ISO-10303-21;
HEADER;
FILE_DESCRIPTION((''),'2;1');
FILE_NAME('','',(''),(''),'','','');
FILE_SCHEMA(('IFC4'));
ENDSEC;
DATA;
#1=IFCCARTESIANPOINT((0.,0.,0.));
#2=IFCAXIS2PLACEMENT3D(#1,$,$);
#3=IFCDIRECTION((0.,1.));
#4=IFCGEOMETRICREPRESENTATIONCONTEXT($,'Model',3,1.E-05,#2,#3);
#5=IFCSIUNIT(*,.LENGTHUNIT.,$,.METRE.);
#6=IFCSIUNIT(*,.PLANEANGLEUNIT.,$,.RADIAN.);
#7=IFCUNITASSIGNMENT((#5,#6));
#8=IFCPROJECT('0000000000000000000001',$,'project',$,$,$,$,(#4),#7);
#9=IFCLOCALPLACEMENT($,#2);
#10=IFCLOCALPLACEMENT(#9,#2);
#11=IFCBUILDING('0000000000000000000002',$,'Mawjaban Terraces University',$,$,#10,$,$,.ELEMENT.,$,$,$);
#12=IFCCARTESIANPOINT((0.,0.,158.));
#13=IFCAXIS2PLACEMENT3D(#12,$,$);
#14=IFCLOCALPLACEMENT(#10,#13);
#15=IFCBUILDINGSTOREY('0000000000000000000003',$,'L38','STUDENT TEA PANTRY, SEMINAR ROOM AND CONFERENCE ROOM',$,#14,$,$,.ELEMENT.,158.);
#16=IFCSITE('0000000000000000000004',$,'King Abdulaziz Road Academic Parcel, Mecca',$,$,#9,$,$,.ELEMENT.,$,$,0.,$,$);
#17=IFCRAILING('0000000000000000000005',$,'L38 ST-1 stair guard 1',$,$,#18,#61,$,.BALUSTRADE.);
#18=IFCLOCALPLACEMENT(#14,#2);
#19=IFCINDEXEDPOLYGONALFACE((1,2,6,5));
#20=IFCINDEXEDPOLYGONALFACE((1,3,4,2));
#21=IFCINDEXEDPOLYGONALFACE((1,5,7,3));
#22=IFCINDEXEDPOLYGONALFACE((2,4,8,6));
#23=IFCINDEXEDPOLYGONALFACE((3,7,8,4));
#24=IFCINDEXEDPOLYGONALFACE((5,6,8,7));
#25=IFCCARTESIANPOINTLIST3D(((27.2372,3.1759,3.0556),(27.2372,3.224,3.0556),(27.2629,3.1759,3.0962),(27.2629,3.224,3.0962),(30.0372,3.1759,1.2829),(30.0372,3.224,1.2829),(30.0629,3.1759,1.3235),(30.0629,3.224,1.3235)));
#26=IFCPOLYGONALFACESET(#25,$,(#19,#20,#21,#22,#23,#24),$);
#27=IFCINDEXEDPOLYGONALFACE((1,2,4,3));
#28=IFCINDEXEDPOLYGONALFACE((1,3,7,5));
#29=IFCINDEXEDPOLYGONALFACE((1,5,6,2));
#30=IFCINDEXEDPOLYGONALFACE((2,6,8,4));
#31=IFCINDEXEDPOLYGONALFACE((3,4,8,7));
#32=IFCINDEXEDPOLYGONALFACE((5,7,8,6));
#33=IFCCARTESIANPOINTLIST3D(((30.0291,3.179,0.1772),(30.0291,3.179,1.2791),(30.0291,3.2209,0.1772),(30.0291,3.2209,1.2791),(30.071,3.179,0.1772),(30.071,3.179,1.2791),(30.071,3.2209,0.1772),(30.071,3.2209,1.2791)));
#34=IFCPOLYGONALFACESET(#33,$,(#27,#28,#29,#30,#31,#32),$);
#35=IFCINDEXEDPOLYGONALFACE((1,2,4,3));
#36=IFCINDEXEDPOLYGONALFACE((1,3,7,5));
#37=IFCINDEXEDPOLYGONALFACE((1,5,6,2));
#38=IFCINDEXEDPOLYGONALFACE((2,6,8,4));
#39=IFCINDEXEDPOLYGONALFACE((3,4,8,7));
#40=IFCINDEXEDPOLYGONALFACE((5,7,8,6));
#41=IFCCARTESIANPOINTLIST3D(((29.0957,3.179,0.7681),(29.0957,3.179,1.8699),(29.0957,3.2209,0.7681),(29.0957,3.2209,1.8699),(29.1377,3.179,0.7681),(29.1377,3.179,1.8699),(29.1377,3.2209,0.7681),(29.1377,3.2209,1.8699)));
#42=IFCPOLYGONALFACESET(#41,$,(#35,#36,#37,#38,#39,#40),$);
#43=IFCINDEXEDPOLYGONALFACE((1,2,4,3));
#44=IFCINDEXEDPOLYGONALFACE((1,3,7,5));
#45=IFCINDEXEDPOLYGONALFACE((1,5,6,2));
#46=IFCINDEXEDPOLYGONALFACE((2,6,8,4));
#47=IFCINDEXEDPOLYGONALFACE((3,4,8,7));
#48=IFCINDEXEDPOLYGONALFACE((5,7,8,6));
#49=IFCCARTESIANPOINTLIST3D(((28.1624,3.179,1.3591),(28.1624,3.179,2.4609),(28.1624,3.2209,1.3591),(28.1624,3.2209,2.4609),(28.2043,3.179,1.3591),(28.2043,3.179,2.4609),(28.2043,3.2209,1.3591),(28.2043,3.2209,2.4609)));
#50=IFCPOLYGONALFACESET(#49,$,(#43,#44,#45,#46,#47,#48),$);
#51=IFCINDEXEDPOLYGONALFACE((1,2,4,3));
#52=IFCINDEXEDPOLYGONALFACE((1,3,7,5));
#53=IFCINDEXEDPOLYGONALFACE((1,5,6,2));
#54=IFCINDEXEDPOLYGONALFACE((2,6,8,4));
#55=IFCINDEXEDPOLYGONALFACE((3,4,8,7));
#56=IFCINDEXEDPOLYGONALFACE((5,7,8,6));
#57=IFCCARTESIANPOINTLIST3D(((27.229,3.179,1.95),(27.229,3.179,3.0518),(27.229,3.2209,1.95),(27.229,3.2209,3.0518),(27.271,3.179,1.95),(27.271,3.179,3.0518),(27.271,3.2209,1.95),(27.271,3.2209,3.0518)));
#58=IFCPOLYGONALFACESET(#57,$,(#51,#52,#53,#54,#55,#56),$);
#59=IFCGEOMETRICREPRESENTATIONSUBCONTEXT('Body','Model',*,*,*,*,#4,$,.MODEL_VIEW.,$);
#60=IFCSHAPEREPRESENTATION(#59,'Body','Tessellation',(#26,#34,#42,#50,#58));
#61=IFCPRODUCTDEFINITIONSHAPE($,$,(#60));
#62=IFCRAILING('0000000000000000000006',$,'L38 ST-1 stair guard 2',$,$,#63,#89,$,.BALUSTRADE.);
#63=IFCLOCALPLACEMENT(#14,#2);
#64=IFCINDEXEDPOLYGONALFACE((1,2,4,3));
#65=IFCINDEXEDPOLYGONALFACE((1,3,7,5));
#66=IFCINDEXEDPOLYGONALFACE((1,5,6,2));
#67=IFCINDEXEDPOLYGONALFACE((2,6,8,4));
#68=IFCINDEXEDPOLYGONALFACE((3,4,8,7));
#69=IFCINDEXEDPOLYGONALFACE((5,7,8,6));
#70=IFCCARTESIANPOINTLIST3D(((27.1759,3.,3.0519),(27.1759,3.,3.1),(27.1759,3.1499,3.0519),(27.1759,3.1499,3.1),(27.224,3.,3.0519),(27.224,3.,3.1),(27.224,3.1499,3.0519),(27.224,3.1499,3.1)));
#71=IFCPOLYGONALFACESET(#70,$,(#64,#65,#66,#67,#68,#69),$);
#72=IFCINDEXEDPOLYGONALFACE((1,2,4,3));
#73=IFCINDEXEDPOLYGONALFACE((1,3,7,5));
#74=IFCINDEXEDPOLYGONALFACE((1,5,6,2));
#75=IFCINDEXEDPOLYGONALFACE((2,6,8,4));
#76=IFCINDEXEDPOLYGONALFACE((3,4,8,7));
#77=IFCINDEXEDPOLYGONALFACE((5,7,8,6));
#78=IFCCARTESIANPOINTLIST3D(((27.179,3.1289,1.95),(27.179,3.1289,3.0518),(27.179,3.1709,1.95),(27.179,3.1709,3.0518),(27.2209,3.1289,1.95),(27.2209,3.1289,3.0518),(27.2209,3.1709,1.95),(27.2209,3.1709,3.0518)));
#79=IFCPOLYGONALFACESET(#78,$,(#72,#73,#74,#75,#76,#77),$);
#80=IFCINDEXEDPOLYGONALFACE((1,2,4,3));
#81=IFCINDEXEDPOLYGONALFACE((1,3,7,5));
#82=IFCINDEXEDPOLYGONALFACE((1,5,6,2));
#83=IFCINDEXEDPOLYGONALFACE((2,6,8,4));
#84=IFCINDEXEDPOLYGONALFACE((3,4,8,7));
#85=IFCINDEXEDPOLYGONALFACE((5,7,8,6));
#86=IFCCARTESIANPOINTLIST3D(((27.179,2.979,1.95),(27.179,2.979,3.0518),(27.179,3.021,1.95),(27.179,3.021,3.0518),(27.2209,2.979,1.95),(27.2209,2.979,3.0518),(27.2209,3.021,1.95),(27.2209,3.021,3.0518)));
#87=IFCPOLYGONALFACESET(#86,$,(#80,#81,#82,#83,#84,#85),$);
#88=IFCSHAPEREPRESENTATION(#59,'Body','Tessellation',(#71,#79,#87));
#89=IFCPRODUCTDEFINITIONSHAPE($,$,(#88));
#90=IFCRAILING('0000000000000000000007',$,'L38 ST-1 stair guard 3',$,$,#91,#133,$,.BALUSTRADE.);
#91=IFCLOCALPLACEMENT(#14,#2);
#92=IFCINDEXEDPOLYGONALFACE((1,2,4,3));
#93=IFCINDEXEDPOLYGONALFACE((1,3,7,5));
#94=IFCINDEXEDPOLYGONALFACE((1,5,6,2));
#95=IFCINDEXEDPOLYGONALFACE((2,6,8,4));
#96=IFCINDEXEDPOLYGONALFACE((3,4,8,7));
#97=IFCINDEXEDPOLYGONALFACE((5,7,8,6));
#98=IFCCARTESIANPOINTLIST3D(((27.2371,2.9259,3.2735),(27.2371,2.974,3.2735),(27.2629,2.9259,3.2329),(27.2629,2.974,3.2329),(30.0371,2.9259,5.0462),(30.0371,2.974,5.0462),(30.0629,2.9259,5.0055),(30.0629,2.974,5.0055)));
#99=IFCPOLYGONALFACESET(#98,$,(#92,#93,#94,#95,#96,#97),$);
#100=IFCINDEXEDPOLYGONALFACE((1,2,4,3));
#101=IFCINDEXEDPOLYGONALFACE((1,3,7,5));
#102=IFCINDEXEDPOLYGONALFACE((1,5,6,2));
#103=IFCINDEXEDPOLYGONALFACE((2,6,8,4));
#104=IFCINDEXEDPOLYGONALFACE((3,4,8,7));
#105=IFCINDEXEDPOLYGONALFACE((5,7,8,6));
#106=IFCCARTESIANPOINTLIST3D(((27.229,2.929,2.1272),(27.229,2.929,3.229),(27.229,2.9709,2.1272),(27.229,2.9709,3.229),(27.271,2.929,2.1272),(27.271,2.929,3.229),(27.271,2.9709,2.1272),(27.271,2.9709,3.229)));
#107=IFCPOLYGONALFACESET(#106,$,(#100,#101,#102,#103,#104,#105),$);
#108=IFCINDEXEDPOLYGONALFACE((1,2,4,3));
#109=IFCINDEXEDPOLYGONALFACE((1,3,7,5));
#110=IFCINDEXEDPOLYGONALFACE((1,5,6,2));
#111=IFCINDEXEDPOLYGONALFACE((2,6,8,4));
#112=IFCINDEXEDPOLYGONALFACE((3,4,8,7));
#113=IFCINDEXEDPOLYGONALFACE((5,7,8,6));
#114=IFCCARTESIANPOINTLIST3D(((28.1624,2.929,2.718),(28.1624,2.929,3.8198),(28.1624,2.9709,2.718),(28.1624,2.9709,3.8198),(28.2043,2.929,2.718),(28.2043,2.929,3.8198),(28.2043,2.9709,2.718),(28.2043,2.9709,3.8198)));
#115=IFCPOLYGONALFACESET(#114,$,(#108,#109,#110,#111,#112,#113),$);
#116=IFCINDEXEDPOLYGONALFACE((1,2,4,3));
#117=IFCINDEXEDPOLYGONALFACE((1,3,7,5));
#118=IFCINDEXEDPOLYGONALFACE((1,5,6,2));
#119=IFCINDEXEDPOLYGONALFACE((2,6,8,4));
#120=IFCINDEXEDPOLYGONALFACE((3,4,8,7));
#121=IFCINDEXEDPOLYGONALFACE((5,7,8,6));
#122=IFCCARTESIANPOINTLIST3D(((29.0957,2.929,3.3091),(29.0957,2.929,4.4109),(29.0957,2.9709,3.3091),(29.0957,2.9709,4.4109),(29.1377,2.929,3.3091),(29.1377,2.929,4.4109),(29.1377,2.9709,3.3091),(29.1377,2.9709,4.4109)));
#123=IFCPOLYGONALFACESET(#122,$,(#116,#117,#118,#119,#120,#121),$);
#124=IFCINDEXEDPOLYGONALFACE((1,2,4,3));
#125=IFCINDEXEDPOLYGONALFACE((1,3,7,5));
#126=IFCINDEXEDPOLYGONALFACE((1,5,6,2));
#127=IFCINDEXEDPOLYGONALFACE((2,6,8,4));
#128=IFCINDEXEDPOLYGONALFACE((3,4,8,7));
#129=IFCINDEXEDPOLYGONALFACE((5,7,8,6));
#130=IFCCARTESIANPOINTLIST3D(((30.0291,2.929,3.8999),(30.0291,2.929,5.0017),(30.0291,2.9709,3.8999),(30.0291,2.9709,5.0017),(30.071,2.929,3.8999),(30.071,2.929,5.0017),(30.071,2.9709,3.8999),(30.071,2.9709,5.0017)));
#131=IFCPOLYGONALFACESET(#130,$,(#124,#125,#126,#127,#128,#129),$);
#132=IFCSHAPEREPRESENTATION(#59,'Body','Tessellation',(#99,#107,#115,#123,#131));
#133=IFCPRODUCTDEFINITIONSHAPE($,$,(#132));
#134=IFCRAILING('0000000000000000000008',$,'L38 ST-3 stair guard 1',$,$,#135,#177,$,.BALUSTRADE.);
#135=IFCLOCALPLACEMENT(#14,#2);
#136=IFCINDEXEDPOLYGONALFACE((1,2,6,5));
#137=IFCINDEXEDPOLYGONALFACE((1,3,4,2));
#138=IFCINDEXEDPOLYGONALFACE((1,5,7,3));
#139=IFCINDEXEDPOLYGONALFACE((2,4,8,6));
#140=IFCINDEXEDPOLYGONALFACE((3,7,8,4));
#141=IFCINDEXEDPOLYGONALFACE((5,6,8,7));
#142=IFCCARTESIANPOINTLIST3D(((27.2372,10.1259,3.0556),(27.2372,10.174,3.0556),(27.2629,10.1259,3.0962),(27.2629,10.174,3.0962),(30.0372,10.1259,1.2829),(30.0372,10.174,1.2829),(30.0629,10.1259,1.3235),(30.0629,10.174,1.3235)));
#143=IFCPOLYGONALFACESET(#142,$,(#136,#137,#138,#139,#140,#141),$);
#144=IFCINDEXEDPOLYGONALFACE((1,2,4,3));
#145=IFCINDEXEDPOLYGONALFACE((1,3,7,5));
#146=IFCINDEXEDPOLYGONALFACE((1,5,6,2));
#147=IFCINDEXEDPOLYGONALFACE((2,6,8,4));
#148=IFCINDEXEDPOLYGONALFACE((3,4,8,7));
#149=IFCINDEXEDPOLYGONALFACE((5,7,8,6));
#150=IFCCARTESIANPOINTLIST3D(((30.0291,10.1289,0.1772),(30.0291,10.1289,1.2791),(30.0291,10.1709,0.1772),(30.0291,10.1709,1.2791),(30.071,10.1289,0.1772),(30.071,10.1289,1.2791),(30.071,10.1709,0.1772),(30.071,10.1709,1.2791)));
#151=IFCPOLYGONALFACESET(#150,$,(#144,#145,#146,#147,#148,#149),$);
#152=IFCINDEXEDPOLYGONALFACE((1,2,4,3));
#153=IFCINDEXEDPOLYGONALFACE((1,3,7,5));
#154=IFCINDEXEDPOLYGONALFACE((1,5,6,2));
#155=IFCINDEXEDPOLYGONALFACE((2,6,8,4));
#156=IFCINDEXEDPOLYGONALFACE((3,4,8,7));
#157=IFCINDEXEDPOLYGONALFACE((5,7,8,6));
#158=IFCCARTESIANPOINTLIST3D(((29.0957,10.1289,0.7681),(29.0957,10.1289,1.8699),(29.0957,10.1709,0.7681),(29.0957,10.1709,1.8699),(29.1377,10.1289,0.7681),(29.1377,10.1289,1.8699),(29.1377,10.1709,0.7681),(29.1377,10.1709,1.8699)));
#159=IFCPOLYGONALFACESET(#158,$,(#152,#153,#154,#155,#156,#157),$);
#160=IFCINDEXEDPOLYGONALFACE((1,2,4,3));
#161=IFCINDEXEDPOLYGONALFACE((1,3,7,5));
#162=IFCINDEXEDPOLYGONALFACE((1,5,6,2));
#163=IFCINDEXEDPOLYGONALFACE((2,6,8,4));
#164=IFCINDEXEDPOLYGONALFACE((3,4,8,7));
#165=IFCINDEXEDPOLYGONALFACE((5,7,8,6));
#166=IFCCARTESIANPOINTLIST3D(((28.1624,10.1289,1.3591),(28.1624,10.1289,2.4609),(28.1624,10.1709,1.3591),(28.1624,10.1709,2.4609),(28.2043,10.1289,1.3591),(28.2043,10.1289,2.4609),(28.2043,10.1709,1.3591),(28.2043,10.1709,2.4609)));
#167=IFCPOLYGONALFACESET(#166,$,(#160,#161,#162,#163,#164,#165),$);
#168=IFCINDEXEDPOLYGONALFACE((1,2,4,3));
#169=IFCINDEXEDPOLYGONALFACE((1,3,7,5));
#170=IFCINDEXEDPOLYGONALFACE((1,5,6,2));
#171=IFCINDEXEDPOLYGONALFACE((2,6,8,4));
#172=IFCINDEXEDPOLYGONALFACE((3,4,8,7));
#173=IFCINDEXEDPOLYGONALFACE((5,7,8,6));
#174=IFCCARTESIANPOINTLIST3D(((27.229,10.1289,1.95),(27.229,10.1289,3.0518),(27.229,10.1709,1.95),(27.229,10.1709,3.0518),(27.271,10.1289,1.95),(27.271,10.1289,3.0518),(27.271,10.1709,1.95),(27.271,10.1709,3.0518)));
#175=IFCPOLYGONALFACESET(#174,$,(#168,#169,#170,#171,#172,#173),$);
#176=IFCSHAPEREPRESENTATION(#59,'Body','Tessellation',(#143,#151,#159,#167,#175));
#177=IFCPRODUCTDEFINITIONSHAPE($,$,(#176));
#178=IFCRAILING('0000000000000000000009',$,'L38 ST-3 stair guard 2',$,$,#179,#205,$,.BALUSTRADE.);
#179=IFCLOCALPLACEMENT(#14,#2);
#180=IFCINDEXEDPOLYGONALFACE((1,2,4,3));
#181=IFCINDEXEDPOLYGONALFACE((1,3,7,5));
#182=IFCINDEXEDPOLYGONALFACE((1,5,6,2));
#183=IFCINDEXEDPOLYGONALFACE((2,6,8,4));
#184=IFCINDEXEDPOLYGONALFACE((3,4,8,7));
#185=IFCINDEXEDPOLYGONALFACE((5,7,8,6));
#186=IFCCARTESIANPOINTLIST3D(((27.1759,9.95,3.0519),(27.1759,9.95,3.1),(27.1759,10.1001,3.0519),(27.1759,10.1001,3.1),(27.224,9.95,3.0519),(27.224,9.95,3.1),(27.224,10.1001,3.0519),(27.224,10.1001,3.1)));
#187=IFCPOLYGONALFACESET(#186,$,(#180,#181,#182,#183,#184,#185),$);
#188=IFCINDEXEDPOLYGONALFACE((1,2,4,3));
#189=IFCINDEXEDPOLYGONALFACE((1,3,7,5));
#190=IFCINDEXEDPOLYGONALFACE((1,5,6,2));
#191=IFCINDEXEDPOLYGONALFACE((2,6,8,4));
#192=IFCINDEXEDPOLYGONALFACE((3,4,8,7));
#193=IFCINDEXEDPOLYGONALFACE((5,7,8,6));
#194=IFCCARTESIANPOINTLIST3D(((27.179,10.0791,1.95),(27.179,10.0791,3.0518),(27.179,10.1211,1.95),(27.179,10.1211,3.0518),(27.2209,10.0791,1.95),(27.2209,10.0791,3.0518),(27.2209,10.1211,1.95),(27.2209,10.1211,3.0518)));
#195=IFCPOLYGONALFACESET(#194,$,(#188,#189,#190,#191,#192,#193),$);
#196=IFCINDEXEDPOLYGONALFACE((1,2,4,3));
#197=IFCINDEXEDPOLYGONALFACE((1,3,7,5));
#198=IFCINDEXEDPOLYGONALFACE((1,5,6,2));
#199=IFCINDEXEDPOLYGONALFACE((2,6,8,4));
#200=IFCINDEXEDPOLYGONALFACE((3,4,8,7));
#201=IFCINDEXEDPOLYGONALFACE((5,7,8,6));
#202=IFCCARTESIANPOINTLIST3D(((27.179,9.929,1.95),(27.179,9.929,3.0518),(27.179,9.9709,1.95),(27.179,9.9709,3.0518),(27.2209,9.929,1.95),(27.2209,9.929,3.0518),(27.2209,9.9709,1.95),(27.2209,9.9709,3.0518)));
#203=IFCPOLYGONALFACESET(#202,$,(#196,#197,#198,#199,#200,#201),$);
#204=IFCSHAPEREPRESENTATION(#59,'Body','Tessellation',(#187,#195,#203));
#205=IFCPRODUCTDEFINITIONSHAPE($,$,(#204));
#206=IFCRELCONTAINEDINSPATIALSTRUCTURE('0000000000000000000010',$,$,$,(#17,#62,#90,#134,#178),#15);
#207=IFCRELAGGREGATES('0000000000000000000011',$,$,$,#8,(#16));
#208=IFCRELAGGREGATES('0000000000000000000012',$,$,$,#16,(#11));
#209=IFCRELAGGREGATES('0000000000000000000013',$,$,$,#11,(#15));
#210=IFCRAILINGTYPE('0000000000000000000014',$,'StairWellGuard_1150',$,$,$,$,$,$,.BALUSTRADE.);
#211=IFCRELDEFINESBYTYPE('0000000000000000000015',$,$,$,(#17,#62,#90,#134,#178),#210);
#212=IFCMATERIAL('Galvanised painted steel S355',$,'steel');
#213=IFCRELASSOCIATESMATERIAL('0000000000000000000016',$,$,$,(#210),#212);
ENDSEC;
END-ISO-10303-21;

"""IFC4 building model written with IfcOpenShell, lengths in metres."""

from ifc_helpers import new_model, si_unit, direction, frame, origin, origin_2d, place, context, subcontext, project, spatial, rectangle, extrude, material, type_object, element, save


model = new_model("IFC4")

# Units and contexts
model_context = context("Model", 3, precision=1e-05, world=origin(), true_north=direction((0.0, 1.0)))
body_context = subcontext(model_context, "Body", "Model", "MODEL_VIEW")
ifc_project = project(units=[si_unit("LENGTHUNIT", "METRE"), si_unit("PLANEANGLEUNIT", "RADIAN")], contexts=[model_context])

# Site, building, storey
site_placement = place(None, origin())
site = spatial("IfcSite", under=ifc_project, at=site_placement, Name="King Abdulaziz Road Academic Parcel, Mecca", CompositionType="ELEMENT", RefElevation=0.0)
building_placement = place(site_placement, origin())
building = spatial("IfcBuilding", under=site, at=building_placement, Name="Mawjaban Terraces University", CompositionType="ELEMENT")
storey_placement = place(building_placement, frame((0.0, 0.0, 158.0)))
storey = spatial("IfcBuildingStorey", under=building, at=storey_placement, Name="L38", Description="STUDENT TEA PANTRY, SEMINAR ROOM AND CONFERENCE ROOM", CompositionType="ELEMENT", Elevation=158.0)

# Railings
ifc_material_1 = material(Name="Galvanised painted steel S355", Category="steel")
railing_type_1 = type_object("IfcRailingType", Name="StairWellGuard_1150", PredefinedType="BALUSTRADE", material=ifc_material_1)
railing_1_placement = place(storey_placement, frame((30.05, 3.2, 0.1772)))
element("IfcRailing", 1, at=railing_1_placement, inside=storey, type_object=railing_type_1, Name="L38 ST-1 stair guard 1", PredefinedType="BALUSTRADE", context=body_context, shape_type="SweptSolid", body=[
    extrude(rectangle(XDim=0.0481, YDim=0.0481, at=origin_2d()), frame((0.0, 0.0, 1.126), z_axis=(-0.844909, 0.0, 0.53491), x_axis=(0.0, -1.0, 0.0)), (0.0, 0.0, 1.0), 3.314),
    extrude(rectangle(XDim=0.042, YDim=0.042, at=origin_2d()), origin(), (0.0, 0.0, 1.0), 1.1018),
    extrude(rectangle(XDim=0.042, YDim=0.042, at=origin_2d()), frame((-0.9333, 0.0, 0.5908)), (0.0, 0.0, 1.0), 1.1018),
    extrude(rectangle(XDim=0.042, YDim=0.042, at=origin_2d()), frame((-1.8667, 0.0, 1.1819)), (0.0, 0.0, 1.0), 1.1018),
    extrude(rectangle(XDim=0.042, YDim=0.042, at=origin_2d()), frame((-2.8, 0.0, 1.7727)), (0.0, 0.0, 1.0), 1.1018),
])
railing_2_placement = place(storey_placement, frame((27.2, 3.1499, 1.95)))
element("IfcRailing", 2, at=railing_2_placement, inside=storey, type_object=railing_type_1, Name="L38 ST-1 stair guard 2", PredefinedType="BALUSTRADE", context=body_context, shape_type="SweptSolid", body=[
    extrude(rectangle(XDim=0.0481, YDim=0.0481, at=origin_2d()), frame((0.0, 0.0, 1.126), z_axis=(0.0, -1.0, 0.0), x_axis=(1.0, 0.0, 0.0)), (0.0, 0.0, 1.0), 0.1499),
    extrude(rectangle(XDim=0.042, YDim=0.042, at=origin_2d()), origin(), (0.0, 0.0, 1.0), 1.1018),
    extrude(rectangle(XDim=0.042, YDim=0.042, at=origin_2d()), frame((0.0, -0.1499, 0.0)), (0.0, 0.0, 1.0), 1.1018),
])
railing_3_placement = place(storey_placement, frame((27.25, 2.95, 2.1272)))
element("IfcRailing", 3, at=railing_3_placement, inside=storey, type_object=railing_type_1, Name="L38 ST-1 stair guard 3", PredefinedType="BALUSTRADE", context=body_context, shape_type="SweptSolid", body=[
    extrude(rectangle(XDim=0.0481, YDim=0.0481, at=origin_2d()), frame((0.0, 0.0, 1.126), z_axis=(0.844909, 0.0, 0.53491), x_axis=(0.0, 1.0, 0.0)), (0.0, 0.0, 1.0), 3.314),
    extrude(rectangle(XDim=0.042, YDim=0.042, at=origin_2d()), origin(), (0.0, 0.0, 1.0), 1.1018),
    extrude(rectangle(XDim=0.042, YDim=0.042, at=origin_2d()), frame((0.9333, 0.0, 0.5908)), (0.0, 0.0, 1.0), 1.1018),
    extrude(rectangle(XDim=0.042, YDim=0.042, at=origin_2d()), frame((1.8667, 0.0, 1.1819)), (0.0, 0.0, 1.0), 1.1018),
    extrude(rectangle(XDim=0.042, YDim=0.042, at=origin_2d()), frame((2.8, 0.0, 1.7727)), (0.0, 0.0, 1.0), 1.1018),
])
railing_4_placement = place(storey_placement, frame((30.05, 10.1499, 0.1772)))
element("IfcRailing", 4, at=railing_4_placement, inside=storey, type_object=railing_type_1, Name="L38 ST-3 stair guard 1", PredefinedType="BALUSTRADE", context=body_context, shape_type="SweptSolid", body=[
    extrude(rectangle(XDim=0.0481, YDim=0.0481, at=origin_2d()), frame((0.0, 0.0, 1.126), z_axis=(-0.844909, 0.0, 0.53491), x_axis=(0.0, -1.0, 0.0)), (0.0, 0.0, 1.0), 3.314),
    extrude(rectangle(XDim=0.042, YDim=0.042, at=origin_2d()), origin(), (0.0, 0.0, 1.0), 1.1018),
    extrude(rectangle(XDim=0.042, YDim=0.042, at=origin_2d()), frame((-0.9333, 0.0, 0.5908)), (0.0, 0.0, 1.0), 1.1018),
    extrude(rectangle(XDim=0.042, YDim=0.042, at=origin_2d()), frame((-1.8667, 0.0, 1.1819)), (0.0, 0.0, 1.0), 1.1018),
    extrude(rectangle(XDim=0.042, YDim=0.042, at=origin_2d()), frame((-2.8, 0.0, 1.7727)), (0.0, 0.0, 1.0), 1.1018),
])
railing_5_placement = place(storey_placement, frame((27.2, 10.1001, 1.95)))
element("IfcRailing", 5, at=railing_5_placement, inside=storey, type_object=railing_type_1, Name="L38 ST-3 stair guard 2", PredefinedType="BALUSTRADE", context=body_context, shape_type="SweptSolid", body=[
    extrude(rectangle(XDim=0.0481, YDim=0.0481, at=origin_2d()), frame((0.0, 0.0, 1.126), z_axis=(0.0, -1.0, 0.0), x_axis=(1.0, 0.0, 0.0)), (0.0, 0.0, 1.0), 0.1501),
    extrude(rectangle(XDim=0.042, YDim=0.042, at=origin_2d()), origin(), (0.0, 0.0, 1.0), 1.1018),
    extrude(rectangle(XDim=0.042, YDim=0.042, at=origin_2d()), frame((0.0, -0.1501, 0.0)), (0.0, 0.0, 1.0), 1.1018),
])

save(model, "model.ifc")
